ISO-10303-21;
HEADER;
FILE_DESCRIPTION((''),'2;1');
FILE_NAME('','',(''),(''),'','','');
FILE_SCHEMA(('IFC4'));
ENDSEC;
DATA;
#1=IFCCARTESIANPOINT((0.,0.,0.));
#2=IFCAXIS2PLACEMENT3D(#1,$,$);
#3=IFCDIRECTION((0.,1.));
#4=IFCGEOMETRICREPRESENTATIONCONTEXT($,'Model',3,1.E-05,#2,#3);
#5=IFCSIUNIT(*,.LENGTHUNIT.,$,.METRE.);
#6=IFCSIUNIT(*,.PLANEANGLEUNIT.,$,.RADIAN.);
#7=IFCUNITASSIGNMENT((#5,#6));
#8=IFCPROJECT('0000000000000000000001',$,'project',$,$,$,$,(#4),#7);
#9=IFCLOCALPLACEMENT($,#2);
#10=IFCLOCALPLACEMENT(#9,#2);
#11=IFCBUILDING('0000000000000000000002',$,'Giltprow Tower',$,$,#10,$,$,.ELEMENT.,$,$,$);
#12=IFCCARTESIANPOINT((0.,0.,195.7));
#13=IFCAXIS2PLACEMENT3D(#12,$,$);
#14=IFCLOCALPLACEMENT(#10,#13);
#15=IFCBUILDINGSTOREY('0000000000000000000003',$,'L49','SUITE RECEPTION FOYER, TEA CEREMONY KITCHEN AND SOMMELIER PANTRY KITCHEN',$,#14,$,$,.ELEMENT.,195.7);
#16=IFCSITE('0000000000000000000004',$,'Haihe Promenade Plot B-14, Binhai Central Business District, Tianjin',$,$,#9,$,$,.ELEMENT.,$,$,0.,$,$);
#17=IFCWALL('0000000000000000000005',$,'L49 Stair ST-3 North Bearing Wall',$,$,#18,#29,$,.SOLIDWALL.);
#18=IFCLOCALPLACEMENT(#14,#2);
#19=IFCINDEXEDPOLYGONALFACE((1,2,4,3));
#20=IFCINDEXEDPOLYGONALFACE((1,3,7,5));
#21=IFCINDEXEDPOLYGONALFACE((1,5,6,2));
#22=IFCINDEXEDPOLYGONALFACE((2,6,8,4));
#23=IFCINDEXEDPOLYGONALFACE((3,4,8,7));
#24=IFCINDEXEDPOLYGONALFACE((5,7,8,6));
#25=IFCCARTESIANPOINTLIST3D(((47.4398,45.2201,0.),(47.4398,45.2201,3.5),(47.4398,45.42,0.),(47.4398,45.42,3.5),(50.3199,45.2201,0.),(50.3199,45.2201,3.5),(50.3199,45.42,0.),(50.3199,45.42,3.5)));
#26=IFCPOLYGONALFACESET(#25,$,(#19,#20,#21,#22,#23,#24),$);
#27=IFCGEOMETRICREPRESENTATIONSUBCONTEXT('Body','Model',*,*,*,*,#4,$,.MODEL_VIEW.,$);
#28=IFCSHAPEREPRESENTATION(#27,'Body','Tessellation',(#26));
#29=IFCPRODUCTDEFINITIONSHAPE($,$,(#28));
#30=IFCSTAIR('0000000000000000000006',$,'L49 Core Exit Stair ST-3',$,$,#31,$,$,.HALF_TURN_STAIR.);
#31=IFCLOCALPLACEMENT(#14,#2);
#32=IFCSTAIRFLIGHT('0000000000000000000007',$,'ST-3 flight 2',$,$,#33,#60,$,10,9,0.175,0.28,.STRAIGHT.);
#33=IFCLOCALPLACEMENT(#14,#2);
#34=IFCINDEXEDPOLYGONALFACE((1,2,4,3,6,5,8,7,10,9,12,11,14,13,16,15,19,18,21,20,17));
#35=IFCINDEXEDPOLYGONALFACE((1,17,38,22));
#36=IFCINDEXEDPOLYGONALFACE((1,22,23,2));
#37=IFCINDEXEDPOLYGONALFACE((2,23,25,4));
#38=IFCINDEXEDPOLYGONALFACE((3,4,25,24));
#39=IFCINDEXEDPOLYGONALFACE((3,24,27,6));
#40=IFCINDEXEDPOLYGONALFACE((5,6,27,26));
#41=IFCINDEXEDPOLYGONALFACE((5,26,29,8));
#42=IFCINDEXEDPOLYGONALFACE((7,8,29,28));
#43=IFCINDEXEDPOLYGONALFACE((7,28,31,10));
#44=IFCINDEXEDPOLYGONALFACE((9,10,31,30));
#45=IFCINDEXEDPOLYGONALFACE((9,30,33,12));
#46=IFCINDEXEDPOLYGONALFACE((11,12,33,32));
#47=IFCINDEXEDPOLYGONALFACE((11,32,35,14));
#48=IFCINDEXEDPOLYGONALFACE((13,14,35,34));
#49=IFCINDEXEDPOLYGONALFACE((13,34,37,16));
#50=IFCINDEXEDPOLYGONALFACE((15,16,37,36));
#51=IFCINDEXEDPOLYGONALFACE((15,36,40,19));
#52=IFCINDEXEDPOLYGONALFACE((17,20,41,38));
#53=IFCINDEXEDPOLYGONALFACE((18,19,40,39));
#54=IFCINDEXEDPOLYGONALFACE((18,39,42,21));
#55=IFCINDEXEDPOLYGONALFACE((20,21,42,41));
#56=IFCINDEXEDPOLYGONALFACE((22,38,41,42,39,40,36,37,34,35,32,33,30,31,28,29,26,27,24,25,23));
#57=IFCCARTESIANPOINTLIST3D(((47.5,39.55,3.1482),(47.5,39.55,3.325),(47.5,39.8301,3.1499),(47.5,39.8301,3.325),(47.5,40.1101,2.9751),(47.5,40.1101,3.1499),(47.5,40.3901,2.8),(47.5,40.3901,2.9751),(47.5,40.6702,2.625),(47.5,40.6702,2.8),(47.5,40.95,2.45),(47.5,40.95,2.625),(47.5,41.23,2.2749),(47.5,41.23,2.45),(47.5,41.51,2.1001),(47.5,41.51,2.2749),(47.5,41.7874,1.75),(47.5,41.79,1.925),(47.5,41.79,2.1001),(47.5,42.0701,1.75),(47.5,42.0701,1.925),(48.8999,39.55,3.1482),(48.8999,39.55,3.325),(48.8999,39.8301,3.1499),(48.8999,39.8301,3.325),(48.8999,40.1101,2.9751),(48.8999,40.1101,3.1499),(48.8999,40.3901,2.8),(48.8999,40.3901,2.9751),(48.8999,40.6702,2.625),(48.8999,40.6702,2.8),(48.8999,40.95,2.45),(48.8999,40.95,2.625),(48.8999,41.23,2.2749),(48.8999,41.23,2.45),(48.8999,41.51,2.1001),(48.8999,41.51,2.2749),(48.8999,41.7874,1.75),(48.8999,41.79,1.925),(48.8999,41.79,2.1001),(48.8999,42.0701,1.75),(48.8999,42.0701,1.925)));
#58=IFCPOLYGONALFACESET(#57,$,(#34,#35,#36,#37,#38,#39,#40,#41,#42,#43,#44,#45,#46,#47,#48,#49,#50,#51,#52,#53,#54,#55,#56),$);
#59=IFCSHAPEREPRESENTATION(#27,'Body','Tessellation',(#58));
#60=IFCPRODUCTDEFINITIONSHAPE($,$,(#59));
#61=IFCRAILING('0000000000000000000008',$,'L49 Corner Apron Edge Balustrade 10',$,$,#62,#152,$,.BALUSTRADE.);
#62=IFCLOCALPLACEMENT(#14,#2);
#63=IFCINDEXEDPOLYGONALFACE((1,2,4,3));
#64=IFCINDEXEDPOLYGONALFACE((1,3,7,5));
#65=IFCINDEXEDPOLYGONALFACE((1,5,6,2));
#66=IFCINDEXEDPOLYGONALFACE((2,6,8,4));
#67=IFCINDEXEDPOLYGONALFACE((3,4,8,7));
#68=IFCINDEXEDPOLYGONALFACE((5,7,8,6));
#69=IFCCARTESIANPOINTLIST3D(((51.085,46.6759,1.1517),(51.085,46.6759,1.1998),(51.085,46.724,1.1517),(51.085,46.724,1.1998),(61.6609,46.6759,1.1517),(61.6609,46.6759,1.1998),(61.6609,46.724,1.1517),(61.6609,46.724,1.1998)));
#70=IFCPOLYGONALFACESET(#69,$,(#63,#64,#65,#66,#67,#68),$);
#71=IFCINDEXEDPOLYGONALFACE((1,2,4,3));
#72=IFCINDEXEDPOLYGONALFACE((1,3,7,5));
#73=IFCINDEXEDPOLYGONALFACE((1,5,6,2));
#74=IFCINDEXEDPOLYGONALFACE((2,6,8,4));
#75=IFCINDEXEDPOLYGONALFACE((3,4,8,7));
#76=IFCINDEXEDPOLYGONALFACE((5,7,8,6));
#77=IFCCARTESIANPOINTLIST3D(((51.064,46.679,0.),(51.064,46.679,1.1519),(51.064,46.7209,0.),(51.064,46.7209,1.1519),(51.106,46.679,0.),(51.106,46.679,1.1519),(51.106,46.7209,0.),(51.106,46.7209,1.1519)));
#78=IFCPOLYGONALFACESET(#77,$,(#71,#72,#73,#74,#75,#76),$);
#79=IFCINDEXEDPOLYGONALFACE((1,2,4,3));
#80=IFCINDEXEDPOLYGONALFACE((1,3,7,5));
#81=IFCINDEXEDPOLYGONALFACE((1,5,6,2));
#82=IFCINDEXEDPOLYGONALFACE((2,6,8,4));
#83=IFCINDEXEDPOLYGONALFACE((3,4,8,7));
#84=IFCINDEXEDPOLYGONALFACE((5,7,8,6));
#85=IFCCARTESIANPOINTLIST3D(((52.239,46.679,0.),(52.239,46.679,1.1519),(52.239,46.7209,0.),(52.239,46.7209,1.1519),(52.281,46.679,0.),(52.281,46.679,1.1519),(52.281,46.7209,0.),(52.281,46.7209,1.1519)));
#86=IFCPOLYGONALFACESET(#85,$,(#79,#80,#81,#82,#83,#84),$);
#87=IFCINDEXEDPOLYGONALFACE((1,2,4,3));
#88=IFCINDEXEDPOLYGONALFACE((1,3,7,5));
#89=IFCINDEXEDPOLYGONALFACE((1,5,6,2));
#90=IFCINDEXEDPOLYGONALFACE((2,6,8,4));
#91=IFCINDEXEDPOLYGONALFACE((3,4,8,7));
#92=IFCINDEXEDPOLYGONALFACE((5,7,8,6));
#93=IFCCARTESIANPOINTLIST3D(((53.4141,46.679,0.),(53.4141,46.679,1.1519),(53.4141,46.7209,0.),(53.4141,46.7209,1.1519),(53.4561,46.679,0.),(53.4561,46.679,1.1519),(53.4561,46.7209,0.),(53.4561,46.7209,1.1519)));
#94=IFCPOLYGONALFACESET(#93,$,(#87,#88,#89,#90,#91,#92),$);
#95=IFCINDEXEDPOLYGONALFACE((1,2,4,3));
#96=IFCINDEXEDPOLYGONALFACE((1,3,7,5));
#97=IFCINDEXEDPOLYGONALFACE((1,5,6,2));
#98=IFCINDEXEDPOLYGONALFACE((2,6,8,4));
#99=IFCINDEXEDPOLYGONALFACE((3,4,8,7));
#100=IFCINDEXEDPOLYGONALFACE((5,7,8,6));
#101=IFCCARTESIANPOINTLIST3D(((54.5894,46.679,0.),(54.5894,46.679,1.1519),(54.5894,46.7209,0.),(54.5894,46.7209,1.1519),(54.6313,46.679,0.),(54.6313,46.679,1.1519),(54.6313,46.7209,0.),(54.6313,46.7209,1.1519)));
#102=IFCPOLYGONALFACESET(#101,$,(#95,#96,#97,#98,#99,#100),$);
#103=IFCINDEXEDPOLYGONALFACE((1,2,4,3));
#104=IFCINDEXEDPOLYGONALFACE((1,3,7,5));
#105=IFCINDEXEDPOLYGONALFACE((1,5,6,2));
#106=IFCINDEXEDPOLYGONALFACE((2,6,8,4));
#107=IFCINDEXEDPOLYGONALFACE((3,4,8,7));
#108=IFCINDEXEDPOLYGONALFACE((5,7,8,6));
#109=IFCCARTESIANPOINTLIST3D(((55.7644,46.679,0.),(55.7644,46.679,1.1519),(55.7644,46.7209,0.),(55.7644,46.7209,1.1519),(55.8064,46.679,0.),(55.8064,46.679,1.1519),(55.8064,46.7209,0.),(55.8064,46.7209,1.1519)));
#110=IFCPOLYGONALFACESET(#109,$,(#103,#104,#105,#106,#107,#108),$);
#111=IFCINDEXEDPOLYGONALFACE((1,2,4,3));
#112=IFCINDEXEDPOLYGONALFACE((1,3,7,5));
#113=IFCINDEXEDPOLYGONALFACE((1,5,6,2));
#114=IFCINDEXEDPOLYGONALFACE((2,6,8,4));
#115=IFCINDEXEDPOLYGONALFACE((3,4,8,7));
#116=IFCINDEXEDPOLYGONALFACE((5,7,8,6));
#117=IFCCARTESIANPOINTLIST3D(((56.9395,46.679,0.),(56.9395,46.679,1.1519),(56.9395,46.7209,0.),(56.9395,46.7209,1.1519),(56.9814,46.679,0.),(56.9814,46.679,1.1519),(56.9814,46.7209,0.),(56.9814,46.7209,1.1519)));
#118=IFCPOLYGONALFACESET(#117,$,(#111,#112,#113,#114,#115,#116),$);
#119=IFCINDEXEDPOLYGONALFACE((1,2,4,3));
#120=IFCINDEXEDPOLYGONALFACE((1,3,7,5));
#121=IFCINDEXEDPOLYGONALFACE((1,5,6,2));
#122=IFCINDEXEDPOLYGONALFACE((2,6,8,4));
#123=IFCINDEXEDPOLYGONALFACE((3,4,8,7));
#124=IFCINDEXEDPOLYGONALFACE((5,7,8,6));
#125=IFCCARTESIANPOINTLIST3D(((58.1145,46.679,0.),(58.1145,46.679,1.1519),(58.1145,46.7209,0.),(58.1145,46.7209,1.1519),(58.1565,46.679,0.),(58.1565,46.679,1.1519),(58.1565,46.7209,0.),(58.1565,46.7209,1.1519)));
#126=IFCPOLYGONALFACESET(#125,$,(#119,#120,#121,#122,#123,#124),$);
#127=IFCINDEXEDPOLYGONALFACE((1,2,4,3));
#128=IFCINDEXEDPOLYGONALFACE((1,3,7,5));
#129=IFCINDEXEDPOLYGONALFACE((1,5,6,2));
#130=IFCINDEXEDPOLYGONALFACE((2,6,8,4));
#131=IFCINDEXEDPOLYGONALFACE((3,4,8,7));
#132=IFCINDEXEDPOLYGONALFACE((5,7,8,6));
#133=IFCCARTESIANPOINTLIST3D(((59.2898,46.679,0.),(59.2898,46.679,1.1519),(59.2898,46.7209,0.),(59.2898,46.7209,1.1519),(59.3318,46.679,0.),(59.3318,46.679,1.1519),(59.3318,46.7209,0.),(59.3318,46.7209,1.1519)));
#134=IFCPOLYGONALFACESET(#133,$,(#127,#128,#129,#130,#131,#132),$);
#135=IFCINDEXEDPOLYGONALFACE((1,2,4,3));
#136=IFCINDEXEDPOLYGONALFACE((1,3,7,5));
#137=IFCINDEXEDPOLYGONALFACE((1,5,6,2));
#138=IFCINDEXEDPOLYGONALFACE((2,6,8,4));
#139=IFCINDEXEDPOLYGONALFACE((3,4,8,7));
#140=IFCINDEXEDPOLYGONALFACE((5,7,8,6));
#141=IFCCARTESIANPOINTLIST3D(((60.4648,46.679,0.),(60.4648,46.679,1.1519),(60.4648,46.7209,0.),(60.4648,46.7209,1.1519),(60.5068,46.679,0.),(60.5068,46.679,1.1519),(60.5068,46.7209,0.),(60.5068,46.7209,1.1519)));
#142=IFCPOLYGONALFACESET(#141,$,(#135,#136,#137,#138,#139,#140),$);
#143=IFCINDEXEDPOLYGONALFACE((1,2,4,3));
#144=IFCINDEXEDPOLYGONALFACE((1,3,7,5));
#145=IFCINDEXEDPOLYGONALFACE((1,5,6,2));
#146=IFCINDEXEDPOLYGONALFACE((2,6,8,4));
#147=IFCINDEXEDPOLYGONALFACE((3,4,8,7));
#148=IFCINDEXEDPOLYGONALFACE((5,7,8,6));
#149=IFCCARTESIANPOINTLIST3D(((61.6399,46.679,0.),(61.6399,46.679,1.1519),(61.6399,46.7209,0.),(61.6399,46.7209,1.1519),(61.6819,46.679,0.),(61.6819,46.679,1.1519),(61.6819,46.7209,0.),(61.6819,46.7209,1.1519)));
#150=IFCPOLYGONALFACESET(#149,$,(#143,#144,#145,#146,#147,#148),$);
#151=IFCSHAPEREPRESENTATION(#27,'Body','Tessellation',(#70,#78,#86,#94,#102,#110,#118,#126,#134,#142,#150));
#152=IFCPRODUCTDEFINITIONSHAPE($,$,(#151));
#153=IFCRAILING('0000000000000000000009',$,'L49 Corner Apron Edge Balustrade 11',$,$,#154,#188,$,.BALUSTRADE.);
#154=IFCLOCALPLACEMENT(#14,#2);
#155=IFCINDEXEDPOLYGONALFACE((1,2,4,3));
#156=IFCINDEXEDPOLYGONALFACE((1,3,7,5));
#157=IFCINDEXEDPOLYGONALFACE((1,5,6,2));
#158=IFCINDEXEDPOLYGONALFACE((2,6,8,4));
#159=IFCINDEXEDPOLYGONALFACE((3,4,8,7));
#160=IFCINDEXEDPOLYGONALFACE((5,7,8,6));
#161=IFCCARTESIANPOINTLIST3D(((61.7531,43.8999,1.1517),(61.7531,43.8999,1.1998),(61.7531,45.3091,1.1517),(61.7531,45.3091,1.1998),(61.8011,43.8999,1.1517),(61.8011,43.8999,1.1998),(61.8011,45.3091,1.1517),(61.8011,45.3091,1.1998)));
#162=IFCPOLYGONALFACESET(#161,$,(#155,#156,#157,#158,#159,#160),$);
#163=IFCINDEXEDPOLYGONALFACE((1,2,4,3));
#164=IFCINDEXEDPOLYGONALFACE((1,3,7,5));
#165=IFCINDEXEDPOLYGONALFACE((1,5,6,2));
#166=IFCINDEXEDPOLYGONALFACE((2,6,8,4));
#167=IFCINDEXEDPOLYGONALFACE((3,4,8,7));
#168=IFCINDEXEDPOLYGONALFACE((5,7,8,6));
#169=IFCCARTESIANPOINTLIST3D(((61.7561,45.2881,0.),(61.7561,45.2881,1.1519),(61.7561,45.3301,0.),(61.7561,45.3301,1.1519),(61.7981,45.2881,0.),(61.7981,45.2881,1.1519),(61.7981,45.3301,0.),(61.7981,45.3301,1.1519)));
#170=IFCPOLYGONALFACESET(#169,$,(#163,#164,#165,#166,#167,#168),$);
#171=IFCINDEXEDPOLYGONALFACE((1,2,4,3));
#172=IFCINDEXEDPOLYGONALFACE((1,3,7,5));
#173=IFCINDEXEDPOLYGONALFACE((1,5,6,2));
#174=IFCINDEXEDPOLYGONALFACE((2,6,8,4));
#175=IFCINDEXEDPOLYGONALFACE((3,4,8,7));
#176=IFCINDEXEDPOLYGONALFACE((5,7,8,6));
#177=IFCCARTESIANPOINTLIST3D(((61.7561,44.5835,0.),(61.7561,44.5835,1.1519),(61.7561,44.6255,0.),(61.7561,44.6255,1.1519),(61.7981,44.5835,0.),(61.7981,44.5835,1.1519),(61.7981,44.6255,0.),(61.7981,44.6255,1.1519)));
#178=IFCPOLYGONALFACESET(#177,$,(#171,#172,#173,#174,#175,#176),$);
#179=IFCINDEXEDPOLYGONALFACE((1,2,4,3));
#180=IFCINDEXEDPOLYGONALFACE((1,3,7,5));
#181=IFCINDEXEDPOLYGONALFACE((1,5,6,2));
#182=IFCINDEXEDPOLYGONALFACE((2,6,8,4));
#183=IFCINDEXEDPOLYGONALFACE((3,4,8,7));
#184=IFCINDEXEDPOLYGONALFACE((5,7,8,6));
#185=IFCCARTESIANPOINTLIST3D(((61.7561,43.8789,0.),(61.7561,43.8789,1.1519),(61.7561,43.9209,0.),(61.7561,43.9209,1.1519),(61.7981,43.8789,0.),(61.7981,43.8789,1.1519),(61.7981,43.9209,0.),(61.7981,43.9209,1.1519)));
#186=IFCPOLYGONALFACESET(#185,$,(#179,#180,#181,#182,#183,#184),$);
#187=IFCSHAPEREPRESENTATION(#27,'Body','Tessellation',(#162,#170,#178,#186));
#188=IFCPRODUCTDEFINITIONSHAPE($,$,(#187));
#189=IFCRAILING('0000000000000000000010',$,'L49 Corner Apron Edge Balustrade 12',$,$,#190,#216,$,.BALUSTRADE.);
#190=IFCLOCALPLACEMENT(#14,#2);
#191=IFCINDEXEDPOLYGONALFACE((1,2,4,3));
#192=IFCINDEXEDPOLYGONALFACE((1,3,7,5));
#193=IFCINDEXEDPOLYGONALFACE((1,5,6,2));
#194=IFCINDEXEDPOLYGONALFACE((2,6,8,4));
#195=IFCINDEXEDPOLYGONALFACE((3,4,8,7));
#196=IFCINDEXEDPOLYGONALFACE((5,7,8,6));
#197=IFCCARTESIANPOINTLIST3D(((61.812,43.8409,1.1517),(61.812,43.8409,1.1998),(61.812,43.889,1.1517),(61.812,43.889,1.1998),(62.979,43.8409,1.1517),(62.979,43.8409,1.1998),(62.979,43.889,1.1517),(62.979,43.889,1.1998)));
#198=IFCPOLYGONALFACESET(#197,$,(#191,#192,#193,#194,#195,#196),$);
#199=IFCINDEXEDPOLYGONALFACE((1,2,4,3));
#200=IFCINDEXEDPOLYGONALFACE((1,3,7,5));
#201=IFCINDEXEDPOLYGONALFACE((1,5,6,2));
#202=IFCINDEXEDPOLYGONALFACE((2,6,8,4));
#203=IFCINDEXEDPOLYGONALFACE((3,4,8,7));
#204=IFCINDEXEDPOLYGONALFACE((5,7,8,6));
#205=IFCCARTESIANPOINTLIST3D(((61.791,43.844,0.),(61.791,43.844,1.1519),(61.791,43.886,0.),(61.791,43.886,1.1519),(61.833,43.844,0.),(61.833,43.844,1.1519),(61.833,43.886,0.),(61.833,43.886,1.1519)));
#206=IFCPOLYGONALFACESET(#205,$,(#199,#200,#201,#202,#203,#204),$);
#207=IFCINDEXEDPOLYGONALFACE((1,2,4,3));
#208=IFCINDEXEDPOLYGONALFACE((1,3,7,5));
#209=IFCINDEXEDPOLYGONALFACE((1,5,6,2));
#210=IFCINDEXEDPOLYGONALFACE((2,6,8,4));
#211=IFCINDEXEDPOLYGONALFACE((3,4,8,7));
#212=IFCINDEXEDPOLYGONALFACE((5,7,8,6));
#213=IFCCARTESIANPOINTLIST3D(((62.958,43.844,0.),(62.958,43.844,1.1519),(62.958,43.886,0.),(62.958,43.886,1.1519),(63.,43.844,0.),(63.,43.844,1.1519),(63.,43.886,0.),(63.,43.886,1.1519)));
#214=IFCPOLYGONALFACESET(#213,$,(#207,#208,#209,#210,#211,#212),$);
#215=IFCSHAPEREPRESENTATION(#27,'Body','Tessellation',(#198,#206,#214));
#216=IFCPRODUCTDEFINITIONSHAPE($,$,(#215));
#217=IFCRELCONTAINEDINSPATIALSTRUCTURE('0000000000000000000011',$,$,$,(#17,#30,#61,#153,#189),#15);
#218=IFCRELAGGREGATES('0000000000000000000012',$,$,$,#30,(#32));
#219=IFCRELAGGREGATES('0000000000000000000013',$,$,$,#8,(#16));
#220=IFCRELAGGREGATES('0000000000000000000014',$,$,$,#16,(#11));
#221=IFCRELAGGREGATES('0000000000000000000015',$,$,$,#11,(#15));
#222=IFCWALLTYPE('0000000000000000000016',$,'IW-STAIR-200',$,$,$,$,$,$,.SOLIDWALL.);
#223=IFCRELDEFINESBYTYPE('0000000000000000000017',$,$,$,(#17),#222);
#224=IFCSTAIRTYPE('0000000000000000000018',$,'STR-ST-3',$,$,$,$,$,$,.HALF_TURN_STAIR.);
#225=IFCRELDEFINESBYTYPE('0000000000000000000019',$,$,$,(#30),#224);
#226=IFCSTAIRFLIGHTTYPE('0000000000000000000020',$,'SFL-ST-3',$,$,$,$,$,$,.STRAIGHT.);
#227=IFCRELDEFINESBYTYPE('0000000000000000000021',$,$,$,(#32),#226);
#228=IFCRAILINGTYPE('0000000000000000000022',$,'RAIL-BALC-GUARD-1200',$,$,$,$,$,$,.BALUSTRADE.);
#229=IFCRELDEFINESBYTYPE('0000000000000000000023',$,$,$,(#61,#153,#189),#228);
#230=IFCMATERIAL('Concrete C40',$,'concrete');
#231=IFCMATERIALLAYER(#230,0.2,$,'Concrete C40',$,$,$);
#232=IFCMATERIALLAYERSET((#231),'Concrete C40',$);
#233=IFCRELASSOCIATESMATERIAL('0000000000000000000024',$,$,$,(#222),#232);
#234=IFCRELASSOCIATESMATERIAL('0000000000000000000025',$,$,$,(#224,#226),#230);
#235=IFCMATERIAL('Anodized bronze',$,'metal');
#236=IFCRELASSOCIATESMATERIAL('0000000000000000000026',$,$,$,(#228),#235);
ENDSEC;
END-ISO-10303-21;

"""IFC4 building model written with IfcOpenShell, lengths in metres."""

from ifc_helpers import new_model, si_unit, direction, frame, frame_2d, origin, origin_2d, place, context, subcontext, project, spatial, polyline, rectangle, outline, extrude, material, layer, layer_set, type_object, element, aggregate, save


model = new_model("IFC4")

# Units and contexts
model_context = context("Model", 3, precision=1e-05, world=origin(), true_north=direction((0.0, 1.0)))
body_context = subcontext(model_context, "Body", "Model", "MODEL_VIEW")
ifc_project = project(units=[si_unit("LENGTHUNIT", "METRE"), si_unit("PLANEANGLEUNIT", "RADIAN")], contexts=[model_context])

# Site, building, storey
site_placement = place(None, origin())
site = spatial("IfcSite", under=ifc_project, at=site_placement, Name="Haihe Promenade Plot B-14, Binhai Central Business District, Tianjin", CompositionType="ELEMENT", RefElevation=0.0)
building_placement = place(site_placement, origin())
building = spatial("IfcBuilding", under=site, at=building_placement, Name="Giltprow Tower", CompositionType="ELEMENT")
storey_placement = place(building_placement, frame((0.0, 0.0, 195.7)))
storey = spatial("IfcBuildingStorey", under=building, at=storey_placement, Name="L49", Description="SUITE RECEPTION FOYER, TEA CEREMONY KITCHEN AND SOMMELIER PANTRY KITCHEN", CompositionType="ELEMENT", Elevation=195.7)

# Wall
ifc_material_1 = material(Name="Concrete C40", Category="concrete")
ifc_layer_1 = layer(ifc_material_1, 0.2, Name="Concrete C40")
ifc_layer_set_1 = layer_set([ifc_layer_1], Name="Concrete C40")
wall_type_1 = type_object("IfcWallType", Name="IW-STAIR-200", PredefinedType="SOLIDWALL", material=ifc_layer_set_1)
wall_1_placement = place(storey_placement, frame((47.4399, 45.3201, 0.0), z_axis=(0.0, 0.0, 1.0), x_axis=(1.0, 0.0, 0.0)))
element("IfcWall", 1, at=wall_1_placement, inside=storey, type_object=wall_type_1, Name="L49 Stair ST-3 North Bearing Wall", PredefinedType="SOLIDWALL", context=body_context, shape_type="SweptSolid", body=[
    extrude(rectangle(XDim=2.8801, YDim=0.2, at=frame_2d((1.4399, 0.0))), origin(), (0.0, 0.0, 1.0), 3.5),
])

# Stair, stair flight
stair_type = type_object("IfcStairType", Name="STR-ST-3", PredefinedType="HALF_TURN_STAIR", material=ifc_material_1)
stair_placement = place(storey_placement, origin())
stair = element("IfcStair", 2, at=stair_placement, inside=storey, type_object=stair_type, Name="L49 Core Exit Stair ST-3", PredefinedType="HALF_TURN_STAIR")
stair_flight_type = type_object("IfcStairFlightType", Name="SFL-ST-3", PredefinedType="STRAIGHT", material=ifc_material_1)
stair_flight_placement = place(storey_placement, frame((48.2, 42.0701, 1.75), z_axis=(0.0, 0.0, 1.0), x_axis=(0.0, -1.0, 0.0)))
stair_flight = element("IfcStairFlight", 3, at=stair_flight_placement, type_object=stair_flight_type, Name="ST-3 flight 2", NumberOfRisers=10, NumberOfTreads=9, PredefinedType="STRAIGHT", RiserHeight=0.175, TreadLength=0.28, context=body_context, shape_type="SweptSolid", body=[
    extrude(outline(polyline([(0.0, 0.0), (0.0, 0.175), (0.28, 0.175), (0.28, 0.3501), (0.5601, 0.3501), (0.5601, 0.5249), (0.8401, 0.5249), (0.8401, 0.7), (1.1201, 0.7), (1.1201, 0.875), (1.3999, 0.875), (1.3999, 1.05), (1.6799, 1.05), (1.6799, 1.2251), (1.96, 1.2251), (1.96, 1.3999), (2.24, 1.3999), (2.24, 1.575), (2.52, 1.575), (2.52, 1.75), (2.52, 1.3982), (0.2827, 0.0), (0.0, 0.0)])), frame((0.0, 0.7, 0.0), z_axis=(0.0, -1.0, 0.0), x_axis=(1.0, 0.0, 0.0)), (0.0, 0.0, 1.0), 1.3999),
])
aggregate(stair, [stair_flight])

# Railings
ifc_material_2 = material(Name="Anodized bronze", Category="metal")
railing_type_1 = type_object("IfcRailingType", Name="RAIL-BALC-GUARD-1200", PredefinedType="BALUSTRADE", material=ifc_material_2)
railing_1_placement = place(storey_placement, frame((51.085, 46.7, 0.0)))
element("IfcRailing", 4, at=railing_1_placement, inside=storey, type_object=railing_type_1, Name="L49 Corner Apron Edge Balustrade 10", PredefinedType="BALUSTRADE", context=body_context, shape_type="SweptSolid", body=[
    extrude(rectangle(XDim=0.0481, YDim=0.0481, at=origin_2d()), frame((0.0, 0.0, 1.1758), z_axis=(1.0, 0.0, 0.0), x_axis=(0.0, 1.0, 0.0)), (0.0, 0.0, 1.0), 10.5759),
    extrude(rectangle(XDim=0.042, YDim=0.042, at=origin_2d()), origin(), (0.0, 0.0, 1.0), 1.1519),
    extrude(rectangle(XDim=0.042, YDim=0.042, at=origin_2d()), frame((1.175, 0.0, 0.0)), (0.0, 0.0, 1.0), 1.1519),
    extrude(rectangle(XDim=0.042, YDim=0.042, at=origin_2d()), frame((2.3501, 0.0, 0.0)), (0.0, 0.0, 1.0), 1.1519),
    extrude(rectangle(XDim=0.042, YDim=0.042, at=origin_2d()), frame((3.5254, 0.0, 0.0)), (0.0, 0.0, 1.0), 1.1519),
    extrude(rectangle(XDim=0.042, YDim=0.042, at=origin_2d()), frame((4.7004, 0.0, 0.0)), (0.0, 0.0, 1.0), 1.1519),
    extrude(rectangle(XDim=0.042, YDim=0.042, at=origin_2d()), frame((5.8755, 0.0, 0.0)), (0.0, 0.0, 1.0), 1.1519),
    extrude(rectangle(XDim=0.042, YDim=0.042, at=origin_2d()), frame((7.0505, 0.0, 0.0)), (0.0, 0.0, 1.0), 1.1519),
    extrude(rectangle(XDim=0.042, YDim=0.042, at=origin_2d()), frame((8.2258, 0.0, 0.0)), (0.0, 0.0, 1.0), 1.1519),
    extrude(rectangle(XDim=0.042, YDim=0.042, at=origin_2d()), frame((9.4009, 0.0, 0.0)), (0.0, 0.0, 1.0), 1.1519),
    extrude(rectangle(XDim=0.042, YDim=0.042, at=origin_2d()), frame((10.5759, 0.0, 0.0)), (0.0, 0.0, 1.0), 1.1519),
])
railing_2_placement = place(storey_placement, frame((61.7771, 45.3091, 0.0)))
element("IfcRailing", 5, at=railing_2_placement, inside=storey, type_object=railing_type_1, Name="L49 Corner Apron Edge Balustrade 11", PredefinedType="BALUSTRADE", context=body_context, shape_type="SweptSolid", body=[
    extrude(rectangle(XDim=0.0481, YDim=0.0481, at=origin_2d()), frame((0.0, 0.0, 1.1758), z_axis=(0.0, -1.0, 0.0), x_axis=(1.0, 0.0, 0.0)), (0.0, 0.0, 1.0), 1.4092),
    extrude(rectangle(XDim=0.042, YDim=0.042, at=origin_2d()), origin(), (0.0, 0.0, 1.0), 1.1519),
    extrude(rectangle(XDim=0.042, YDim=0.042, at=origin_2d()), frame((0.0, -0.7046, 0.0)), (0.0, 0.0, 1.0), 1.1519),
    extrude(rectangle(XDim=0.042, YDim=0.042, at=origin_2d()), frame((0.0, -1.4092, 0.0)), (0.0, 0.0, 1.0), 1.1519),
])
railing_3_placement = place(storey_placement, frame((61.812, 43.865, 0.0)))
element("IfcRailing", 6, at=railing_3_placement, inside=storey, type_object=railing_type_1, Name="L49 Corner Apron Edge Balustrade 12", PredefinedType="BALUSTRADE", context=body_context, shape_type="SweptSolid", body=[
    extrude(rectangle(XDim=0.0481, YDim=0.0481, at=origin_2d()), frame((0.0, 0.0, 1.1758), z_axis=(1.0, 0.0, 0.0), x_axis=(0.0, 1.0, 0.0)), (0.0, 0.0, 1.0), 1.167),
    extrude(rectangle(XDim=0.042, YDim=0.042, at=origin_2d()), origin(), (0.0, 0.0, 1.0), 1.1519),
    extrude(rectangle(XDim=0.042, YDim=0.042, at=origin_2d()), frame((1.167, 0.0, 0.0)), (0.0, 0.0, 1.0), 1.1519),
])

save(model, "model.ifc")
